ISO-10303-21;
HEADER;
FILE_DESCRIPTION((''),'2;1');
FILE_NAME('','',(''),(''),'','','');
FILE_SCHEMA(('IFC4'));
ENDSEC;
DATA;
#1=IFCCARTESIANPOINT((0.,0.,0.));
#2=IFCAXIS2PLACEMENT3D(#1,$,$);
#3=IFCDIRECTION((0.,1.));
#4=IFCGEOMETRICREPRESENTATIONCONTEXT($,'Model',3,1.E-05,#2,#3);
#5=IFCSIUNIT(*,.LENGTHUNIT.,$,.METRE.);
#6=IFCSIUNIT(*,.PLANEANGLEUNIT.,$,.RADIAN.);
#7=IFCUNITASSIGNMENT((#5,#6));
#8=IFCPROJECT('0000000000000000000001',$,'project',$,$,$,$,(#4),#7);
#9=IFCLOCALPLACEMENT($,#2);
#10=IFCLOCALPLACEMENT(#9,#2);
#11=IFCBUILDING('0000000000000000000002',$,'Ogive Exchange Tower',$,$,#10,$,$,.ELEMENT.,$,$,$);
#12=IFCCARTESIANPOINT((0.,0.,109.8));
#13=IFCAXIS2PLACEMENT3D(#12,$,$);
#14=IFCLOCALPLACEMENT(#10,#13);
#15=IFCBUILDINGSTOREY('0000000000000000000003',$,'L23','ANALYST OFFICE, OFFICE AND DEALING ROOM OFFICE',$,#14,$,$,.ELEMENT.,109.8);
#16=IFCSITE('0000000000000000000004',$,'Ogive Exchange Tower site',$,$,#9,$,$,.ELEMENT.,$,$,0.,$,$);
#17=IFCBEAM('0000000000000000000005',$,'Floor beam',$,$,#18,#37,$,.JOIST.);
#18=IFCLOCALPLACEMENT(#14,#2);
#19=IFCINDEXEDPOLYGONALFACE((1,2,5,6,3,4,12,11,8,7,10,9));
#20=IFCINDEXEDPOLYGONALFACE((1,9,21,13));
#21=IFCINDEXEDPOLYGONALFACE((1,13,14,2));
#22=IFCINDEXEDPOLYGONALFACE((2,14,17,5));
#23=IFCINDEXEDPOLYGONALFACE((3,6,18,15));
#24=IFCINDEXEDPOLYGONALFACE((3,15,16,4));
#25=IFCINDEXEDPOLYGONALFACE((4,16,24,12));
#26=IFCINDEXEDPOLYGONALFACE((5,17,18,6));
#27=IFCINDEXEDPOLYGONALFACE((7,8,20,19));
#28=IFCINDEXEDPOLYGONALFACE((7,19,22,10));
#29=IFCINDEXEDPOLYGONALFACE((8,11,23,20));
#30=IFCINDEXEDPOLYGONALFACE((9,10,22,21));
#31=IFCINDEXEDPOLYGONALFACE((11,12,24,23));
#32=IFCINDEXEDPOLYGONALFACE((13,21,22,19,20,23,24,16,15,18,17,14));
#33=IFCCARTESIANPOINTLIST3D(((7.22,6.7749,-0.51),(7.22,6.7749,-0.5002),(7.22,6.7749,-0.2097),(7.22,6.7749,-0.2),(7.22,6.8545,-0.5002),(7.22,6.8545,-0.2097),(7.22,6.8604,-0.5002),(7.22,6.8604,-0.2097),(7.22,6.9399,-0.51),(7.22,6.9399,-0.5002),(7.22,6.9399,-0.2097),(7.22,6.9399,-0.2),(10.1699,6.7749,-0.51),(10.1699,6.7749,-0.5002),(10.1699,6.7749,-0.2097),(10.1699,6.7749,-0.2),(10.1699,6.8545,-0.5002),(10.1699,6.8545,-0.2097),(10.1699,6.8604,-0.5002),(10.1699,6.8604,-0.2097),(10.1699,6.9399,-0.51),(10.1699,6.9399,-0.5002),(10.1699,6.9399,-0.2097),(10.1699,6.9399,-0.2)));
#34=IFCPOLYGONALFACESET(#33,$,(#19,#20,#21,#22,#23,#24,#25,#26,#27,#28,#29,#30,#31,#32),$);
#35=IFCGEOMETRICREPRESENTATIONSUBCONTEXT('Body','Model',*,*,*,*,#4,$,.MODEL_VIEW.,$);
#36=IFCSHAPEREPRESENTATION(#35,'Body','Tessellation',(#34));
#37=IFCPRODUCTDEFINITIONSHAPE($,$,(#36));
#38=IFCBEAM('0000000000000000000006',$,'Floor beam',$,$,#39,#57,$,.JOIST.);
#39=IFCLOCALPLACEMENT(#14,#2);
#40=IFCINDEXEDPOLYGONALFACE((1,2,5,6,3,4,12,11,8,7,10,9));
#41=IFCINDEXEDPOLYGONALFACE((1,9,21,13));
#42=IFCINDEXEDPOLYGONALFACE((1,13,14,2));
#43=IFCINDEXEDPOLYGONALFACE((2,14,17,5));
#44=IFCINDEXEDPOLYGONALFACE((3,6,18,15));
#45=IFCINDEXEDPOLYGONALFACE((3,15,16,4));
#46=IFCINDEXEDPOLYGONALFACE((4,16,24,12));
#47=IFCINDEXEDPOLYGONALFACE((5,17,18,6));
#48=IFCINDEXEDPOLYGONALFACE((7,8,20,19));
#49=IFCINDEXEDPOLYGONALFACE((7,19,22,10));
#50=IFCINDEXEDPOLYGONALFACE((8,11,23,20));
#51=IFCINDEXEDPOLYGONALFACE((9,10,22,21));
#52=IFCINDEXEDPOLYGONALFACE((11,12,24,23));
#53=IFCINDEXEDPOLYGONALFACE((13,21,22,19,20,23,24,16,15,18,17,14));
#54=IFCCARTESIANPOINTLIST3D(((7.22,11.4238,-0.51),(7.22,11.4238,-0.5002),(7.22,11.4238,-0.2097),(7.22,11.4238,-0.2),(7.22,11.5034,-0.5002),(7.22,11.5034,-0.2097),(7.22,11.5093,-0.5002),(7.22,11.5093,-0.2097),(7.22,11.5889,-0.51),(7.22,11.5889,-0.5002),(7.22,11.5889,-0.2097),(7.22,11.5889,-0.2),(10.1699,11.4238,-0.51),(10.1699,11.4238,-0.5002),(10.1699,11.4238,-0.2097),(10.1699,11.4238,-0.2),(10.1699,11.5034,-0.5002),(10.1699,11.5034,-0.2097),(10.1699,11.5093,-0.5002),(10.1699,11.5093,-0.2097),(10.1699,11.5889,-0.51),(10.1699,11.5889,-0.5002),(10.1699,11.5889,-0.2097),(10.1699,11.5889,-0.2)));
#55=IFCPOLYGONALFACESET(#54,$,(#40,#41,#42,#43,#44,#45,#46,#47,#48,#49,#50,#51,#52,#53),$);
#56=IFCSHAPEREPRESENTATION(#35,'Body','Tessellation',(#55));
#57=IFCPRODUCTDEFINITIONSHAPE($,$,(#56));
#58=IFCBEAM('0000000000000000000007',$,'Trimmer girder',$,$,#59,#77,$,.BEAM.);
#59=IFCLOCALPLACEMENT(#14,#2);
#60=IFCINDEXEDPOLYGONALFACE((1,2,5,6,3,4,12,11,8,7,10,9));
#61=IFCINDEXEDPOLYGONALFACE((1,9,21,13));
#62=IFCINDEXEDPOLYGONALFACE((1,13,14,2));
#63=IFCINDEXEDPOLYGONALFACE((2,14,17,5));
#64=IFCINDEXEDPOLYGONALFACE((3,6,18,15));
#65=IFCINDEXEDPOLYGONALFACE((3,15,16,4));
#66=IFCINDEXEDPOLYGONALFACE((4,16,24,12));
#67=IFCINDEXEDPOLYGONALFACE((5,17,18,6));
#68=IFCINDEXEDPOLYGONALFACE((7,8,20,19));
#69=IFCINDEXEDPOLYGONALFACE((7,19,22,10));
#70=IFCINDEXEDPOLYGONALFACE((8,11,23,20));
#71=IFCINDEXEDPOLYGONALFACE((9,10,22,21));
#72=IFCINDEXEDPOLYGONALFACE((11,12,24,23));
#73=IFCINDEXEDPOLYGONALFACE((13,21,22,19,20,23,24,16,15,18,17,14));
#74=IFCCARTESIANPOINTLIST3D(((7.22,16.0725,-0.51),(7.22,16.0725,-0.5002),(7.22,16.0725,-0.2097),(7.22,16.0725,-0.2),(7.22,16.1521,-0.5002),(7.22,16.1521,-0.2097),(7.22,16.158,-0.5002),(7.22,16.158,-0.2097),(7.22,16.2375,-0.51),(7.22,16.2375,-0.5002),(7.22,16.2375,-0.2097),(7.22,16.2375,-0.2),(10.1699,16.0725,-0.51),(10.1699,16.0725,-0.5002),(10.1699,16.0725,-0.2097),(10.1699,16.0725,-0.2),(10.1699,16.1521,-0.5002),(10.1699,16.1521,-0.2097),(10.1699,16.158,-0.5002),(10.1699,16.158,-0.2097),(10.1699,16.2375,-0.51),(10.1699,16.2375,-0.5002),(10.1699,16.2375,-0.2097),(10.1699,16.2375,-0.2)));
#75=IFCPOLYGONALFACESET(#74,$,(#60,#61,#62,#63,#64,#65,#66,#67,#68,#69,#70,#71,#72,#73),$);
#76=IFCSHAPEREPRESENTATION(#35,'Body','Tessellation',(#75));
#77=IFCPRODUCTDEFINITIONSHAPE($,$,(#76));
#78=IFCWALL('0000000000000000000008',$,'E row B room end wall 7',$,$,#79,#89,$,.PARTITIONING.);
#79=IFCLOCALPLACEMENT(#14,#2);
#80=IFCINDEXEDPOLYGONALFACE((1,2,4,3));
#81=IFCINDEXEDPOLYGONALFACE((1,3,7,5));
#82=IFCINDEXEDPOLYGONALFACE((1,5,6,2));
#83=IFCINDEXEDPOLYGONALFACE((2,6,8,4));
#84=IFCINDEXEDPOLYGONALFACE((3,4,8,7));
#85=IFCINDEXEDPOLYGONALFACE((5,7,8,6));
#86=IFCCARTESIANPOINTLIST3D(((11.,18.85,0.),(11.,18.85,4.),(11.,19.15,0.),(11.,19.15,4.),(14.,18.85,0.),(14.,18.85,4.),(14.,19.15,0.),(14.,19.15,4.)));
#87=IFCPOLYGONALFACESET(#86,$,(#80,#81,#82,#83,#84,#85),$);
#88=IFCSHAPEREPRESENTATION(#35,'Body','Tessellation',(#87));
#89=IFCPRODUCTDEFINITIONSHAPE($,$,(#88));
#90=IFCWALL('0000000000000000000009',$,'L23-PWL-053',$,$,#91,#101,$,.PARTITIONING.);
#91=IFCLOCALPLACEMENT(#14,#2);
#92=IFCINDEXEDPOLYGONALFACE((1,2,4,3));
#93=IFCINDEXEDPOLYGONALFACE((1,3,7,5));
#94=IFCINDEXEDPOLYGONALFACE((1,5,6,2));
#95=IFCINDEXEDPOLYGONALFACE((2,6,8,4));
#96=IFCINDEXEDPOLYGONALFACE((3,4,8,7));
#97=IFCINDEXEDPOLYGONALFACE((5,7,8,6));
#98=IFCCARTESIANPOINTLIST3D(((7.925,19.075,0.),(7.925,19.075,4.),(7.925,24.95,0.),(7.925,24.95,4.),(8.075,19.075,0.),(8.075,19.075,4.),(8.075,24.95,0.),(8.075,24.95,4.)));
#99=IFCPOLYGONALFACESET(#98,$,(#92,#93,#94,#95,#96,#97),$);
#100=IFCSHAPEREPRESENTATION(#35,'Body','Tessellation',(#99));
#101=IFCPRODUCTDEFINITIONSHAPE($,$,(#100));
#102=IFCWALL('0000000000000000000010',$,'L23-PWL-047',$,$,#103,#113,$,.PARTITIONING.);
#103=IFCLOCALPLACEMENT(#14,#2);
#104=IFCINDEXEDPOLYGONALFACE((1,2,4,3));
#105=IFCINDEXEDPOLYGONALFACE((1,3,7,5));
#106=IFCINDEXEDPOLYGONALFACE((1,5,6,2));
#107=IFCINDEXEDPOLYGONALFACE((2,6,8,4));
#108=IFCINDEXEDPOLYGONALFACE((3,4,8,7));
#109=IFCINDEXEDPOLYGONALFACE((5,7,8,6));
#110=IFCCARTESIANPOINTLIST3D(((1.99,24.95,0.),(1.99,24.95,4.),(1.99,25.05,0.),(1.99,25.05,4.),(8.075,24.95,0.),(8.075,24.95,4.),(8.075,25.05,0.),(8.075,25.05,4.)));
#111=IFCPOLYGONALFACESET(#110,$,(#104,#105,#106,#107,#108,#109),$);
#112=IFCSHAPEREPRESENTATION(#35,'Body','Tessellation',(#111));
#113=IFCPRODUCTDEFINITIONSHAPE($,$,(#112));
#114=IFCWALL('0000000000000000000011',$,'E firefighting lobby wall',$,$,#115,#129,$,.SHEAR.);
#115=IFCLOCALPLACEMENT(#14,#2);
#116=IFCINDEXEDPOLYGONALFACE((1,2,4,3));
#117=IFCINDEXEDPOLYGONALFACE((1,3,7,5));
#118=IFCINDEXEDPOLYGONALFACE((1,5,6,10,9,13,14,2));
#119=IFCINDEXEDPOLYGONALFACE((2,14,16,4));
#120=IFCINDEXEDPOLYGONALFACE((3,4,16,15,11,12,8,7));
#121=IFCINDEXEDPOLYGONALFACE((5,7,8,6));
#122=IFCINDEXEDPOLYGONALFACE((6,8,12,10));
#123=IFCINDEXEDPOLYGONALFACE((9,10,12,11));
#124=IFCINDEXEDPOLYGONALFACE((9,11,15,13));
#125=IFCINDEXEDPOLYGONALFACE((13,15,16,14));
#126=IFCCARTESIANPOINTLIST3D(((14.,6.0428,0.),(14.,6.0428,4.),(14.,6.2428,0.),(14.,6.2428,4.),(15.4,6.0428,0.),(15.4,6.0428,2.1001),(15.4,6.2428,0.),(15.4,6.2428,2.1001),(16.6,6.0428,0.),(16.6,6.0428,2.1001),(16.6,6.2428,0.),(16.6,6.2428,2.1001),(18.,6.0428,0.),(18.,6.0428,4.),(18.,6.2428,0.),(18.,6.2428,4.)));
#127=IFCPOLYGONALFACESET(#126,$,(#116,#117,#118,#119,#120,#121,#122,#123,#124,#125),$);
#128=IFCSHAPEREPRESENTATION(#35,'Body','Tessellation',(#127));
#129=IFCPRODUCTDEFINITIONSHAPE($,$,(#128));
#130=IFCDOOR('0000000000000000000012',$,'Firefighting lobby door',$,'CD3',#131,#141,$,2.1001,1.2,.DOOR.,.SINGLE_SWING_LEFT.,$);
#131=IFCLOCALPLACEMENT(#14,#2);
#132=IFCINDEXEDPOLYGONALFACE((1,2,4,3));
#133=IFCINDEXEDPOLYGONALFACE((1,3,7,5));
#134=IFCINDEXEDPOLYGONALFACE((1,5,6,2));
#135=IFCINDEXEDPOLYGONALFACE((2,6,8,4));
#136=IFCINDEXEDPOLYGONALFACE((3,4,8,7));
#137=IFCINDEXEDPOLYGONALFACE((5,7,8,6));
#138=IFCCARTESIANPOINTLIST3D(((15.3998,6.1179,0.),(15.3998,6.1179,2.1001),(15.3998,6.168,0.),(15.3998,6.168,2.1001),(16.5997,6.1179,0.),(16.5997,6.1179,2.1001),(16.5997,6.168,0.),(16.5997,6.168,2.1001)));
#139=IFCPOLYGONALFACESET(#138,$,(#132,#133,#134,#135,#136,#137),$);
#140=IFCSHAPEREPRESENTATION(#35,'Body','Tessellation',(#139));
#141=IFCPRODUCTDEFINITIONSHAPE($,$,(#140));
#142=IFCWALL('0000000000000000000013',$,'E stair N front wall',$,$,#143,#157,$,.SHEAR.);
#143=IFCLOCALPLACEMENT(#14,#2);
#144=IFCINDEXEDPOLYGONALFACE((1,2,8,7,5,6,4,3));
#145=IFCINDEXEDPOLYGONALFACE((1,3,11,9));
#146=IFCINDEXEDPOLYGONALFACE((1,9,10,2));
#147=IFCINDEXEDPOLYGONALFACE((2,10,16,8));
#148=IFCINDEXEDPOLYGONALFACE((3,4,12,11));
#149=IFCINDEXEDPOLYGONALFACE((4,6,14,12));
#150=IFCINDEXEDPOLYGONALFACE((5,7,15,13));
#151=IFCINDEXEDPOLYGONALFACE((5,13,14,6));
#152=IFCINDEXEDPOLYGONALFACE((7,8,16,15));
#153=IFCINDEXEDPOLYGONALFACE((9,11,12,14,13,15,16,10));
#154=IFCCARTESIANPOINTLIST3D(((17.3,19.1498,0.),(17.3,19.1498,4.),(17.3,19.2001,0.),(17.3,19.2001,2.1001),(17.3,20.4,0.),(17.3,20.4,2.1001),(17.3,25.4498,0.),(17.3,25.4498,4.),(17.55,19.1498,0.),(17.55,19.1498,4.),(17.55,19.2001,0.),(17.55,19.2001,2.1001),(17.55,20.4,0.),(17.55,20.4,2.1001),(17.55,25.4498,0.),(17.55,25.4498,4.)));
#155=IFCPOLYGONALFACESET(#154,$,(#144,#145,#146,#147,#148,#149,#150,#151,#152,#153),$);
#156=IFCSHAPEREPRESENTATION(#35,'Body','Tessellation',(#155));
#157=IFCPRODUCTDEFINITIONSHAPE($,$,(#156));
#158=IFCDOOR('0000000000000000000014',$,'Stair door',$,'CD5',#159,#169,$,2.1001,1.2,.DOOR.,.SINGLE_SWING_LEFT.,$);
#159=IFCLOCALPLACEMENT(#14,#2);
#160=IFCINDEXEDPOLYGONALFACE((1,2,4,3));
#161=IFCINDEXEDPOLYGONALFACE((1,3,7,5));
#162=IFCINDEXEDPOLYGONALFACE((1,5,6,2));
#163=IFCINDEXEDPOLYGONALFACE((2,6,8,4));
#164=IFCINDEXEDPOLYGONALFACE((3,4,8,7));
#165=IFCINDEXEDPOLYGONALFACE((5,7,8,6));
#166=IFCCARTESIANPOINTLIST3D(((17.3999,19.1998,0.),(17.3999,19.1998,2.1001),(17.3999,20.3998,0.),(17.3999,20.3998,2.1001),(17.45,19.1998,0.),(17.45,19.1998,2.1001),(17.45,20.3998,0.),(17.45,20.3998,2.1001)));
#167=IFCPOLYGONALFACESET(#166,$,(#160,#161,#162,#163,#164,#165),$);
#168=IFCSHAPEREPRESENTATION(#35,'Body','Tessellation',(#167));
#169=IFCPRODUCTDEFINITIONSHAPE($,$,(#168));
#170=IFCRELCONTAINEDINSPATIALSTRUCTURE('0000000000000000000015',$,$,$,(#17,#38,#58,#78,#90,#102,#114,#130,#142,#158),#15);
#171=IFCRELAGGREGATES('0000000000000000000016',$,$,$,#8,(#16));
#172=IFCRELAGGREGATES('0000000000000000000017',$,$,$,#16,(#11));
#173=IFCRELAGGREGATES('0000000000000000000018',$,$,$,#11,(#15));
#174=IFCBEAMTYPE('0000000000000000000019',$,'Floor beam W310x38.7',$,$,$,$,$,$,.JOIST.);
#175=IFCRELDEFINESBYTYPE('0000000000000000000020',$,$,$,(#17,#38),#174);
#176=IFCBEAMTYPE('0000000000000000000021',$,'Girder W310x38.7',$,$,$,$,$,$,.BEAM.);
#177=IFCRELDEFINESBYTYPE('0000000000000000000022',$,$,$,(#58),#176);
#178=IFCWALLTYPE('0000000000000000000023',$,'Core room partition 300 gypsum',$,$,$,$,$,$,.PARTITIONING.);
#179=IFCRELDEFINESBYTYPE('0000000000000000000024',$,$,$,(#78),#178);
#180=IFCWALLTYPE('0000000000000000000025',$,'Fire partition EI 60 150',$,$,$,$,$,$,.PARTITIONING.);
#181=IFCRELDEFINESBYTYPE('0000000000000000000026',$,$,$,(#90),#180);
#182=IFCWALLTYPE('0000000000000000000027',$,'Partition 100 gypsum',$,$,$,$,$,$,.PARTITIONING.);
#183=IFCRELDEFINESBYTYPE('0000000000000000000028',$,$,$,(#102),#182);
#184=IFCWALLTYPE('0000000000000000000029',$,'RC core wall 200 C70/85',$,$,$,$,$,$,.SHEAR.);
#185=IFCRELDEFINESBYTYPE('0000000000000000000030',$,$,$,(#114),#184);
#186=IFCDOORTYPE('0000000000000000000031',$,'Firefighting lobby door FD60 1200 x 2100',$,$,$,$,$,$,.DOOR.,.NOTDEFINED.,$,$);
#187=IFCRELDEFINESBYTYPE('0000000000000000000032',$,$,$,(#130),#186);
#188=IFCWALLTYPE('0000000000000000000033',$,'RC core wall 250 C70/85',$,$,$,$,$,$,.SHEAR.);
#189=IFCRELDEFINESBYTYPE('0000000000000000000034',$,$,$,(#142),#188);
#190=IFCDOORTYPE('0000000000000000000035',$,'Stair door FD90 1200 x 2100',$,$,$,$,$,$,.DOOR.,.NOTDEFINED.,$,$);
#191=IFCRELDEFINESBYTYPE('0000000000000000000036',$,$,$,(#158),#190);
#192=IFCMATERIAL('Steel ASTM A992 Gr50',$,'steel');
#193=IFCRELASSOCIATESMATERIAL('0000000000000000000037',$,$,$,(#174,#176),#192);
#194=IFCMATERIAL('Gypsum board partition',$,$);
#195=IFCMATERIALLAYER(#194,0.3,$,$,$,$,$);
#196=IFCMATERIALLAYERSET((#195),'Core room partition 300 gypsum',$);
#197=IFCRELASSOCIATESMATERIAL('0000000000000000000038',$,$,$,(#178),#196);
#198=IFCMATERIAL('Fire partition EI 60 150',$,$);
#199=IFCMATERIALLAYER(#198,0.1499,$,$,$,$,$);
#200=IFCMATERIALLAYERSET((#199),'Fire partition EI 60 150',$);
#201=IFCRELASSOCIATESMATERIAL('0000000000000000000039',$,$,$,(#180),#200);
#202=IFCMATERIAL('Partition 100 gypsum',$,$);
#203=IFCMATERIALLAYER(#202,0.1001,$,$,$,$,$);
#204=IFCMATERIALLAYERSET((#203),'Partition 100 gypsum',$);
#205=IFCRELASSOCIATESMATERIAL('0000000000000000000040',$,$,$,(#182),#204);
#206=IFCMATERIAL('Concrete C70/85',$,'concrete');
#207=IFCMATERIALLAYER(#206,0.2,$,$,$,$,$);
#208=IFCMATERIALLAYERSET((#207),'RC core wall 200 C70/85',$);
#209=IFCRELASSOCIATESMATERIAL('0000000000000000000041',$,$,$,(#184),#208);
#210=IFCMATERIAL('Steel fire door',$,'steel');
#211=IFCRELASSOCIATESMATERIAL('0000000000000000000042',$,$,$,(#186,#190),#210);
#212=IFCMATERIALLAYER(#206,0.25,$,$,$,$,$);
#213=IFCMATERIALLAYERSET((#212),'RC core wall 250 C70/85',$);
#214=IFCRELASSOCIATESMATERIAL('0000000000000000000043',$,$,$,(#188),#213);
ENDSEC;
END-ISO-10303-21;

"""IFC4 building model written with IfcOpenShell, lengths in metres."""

from ifc_helpers import new_model, si_unit, direction, frame, frame_2d, origin, origin_2d, place, context, subcontext, project, spatial, rectangle, i_section, extrude, material, layer, layer_set, material_profile, profile_set, type_object, element, fill, save


model = new_model("IFC4")

# Units and contexts
model_context = context("Model", 3, precision=1e-05, world=origin(), true_north=direction((0.0, 1.0)))
body_context = subcontext(model_context, "Body", "Model", "MODEL_VIEW")
ifc_project = project(units=[si_unit("LENGTHUNIT", "METRE"), si_unit("PLANEANGLEUNIT", "RADIAN")], contexts=[model_context])

# Site, building, storey
site_placement = place(None, origin())
site = spatial("IfcSite", under=ifc_project, at=site_placement, Name="Ogive Exchange Tower site", CompositionType="ELEMENT", RefElevation=0.0)
building_placement = place(site_placement, origin())
building = spatial("IfcBuilding", under=site, at=building_placement, Name="Ogive Exchange Tower", CompositionType="ELEMENT")
storey_placement = place(building_placement, frame((0.0, 0.0, 109.8)))
storey = spatial("IfcBuildingStorey", under=building, at=storey_placement, Name="L23", Description="ANALYST OFFICE, OFFICE AND DEALING ROOM OFFICE", CompositionType="ELEMENT", Elevation=109.8)

# Beams
ifc_material_1 = material(Name="Steel ASTM A992 Gr50", Category="steel")
ifc_material_profile_1 = material_profile(ifc_material_1, i_section(OverallWidth=0.165, OverallDepth=0.3101, WebThickness=0.0059, FlangeThickness=0.0098, at=origin_2d()), Name="W310x38.7")
ifc_profile_set_1 = profile_set([ifc_material_profile_1], Name="Steel ASTM A992 Gr50")
beam_type_1 = type_object("IfcBeamType", Name="Floor beam W310x38.7", PredefinedType="JOIST", material=ifc_profile_set_1)
for number, where, z_axis, x_axis, name in (
    (1, (7.22, 6.8574, -0.355), (1.0, 0.0, 0.0), (0.0, 1.0, 0.0), "Floor beam"),
    (2, (7.22, 11.5063, -0.355), (1.0, 0.0, 0.0), (0.0, 1.0, 0.0), "Floor beam"),
):
    element("IfcBeam", number, at=place(storey_placement, frame(where, z_axis=z_axis, x_axis=x_axis)), inside=storey, type_object=beam_type_1, Name=name, PredefinedType="JOIST", context=body_context, shape_type="SweptSolid", body=[
        extrude(i_section(OverallWidth=0.165, OverallDepth=0.3101, WebThickness=0.0059, FlangeThickness=0.0098, at=origin_2d()), origin(), (0.0, 0.0, 1.0), 2.95),
    ])
ifc_material_profile_2 = material_profile(ifc_material_1, i_section(OverallWidth=0.165, OverallDepth=0.3101, WebThickness=0.0059, FlangeThickness=0.0098, at=origin_2d()), Name="W310x38.7")
ifc_profile_set_2 = profile_set([ifc_material_profile_2], Name="Steel ASTM A992 Gr50")
beam_type_2 = type_object("IfcBeamType", Name="Girder W310x38.7", PredefinedType="BEAM", material=ifc_profile_set_2)
beam_placement = place(storey_placement, frame((7.22, 16.155, -0.355), z_axis=(1.0, 0.0, 0.0), x_axis=(0.0, 1.0, 0.0)))
element("IfcBeam", 3, at=beam_placement, inside=storey, type_object=beam_type_2, Name="Trimmer girder", PredefinedType="BEAM", context=body_context, shape_type="SweptSolid", body=[
    extrude(i_section(OverallWidth=0.165, OverallDepth=0.3101, WebThickness=0.0059, FlangeThickness=0.0098, at=origin_2d()), origin(), (0.0, 0.0, 1.0), 2.95),
])

# Walls
ifc_material_2 = material(Name="Gypsum board partition")
ifc_layer_1 = layer(ifc_material_2, 0.3)
ifc_layer_set_1 = layer_set([ifc_layer_1], Name="Core room partition 300 gypsum")
wall_type_1 = type_object("IfcWallType", Name="Core room partition 300 gypsum", PredefinedType="PARTITIONING", material=ifc_layer_set_1)
wall_1_placement = place(storey_placement, frame((11.0, 19.0, 0.0), z_axis=(0.0, 0.0, 1.0), x_axis=(1.0, 0.0, 0.0)))
element("IfcWall", 4, at=wall_1_placement, inside=storey, type_object=wall_type_1, Name="E row B room end wall 7", PredefinedType="PARTITIONING", context=body_context, shape_type="SweptSolid", body=[
    extrude(rectangle(XDim=3.0, YDim=0.3, at=frame_2d((1.5, 0.0))), origin(), (0.0, 0.0, 1.0), 4.0),
])
ifc_material_3 = material(Name="Fire partition EI 60 150")
ifc_layer_2 = layer(ifc_material_3, 0.1499)
ifc_layer_set_2 = layer_set([ifc_layer_2], Name="Fire partition EI 60 150")
wall_type_2 = type_object("IfcWallType", Name="Fire partition EI 60 150", PredefinedType="PARTITIONING", material=ifc_layer_set_2)
wall_2_placement = place(storey_placement, frame((8.0, 19.075, 0.0), z_axis=(0.0, 0.0, 1.0), x_axis=(0.0, 1.0, 0.0)))
element("IfcWall", 5, at=wall_2_placement, inside=storey, type_object=wall_type_2, Name="L23-PWL-053", PredefinedType="PARTITIONING", context=body_context, shape_type="SweptSolid", body=[
    extrude(rectangle(XDim=5.875, YDim=0.1499, at=frame_2d((2.9375, 0.0))), origin(), (0.0, 0.0, 1.0), 4.0),
])
ifc_material_4 = material(Name="Partition 100 gypsum")
ifc_layer_3 = layer(ifc_material_4, 0.1001)
ifc_layer_set_3 = layer_set([ifc_layer_3], Name="Partition 100 gypsum")
wall_type_3 = type_object("IfcWallType", Name="Partition 100 gypsum", PredefinedType="PARTITIONING", material=ifc_layer_set_3)
wall_3_placement = place(storey_placement, frame((1.99, 25.0, 0.0), z_axis=(0.0, 0.0, 1.0), x_axis=(1.0, 0.0, 0.0)))
element("IfcWall", 6, at=wall_3_placement, inside=storey, type_object=wall_type_3, Name="L23-PWL-047", PredefinedType="PARTITIONING", context=body_context, shape_type="SweptSolid", body=[
    extrude(rectangle(XDim=6.085, YDim=0.1001, at=frame_2d((3.0425, 0.0))), origin(), (0.0, 0.0, 1.0), 4.0),
])

# Walls, openings, doors
ifc_material_5 = material(Name="Concrete C70/85", Category="concrete")
ifc_layer_4 = layer(ifc_material_5, 0.2)
ifc_layer_set_4 = layer_set([ifc_layer_4], Name="RC core wall 200 C70/85")
wall_type_4 = type_object("IfcWallType", Name="RC core wall 200 C70/85", PredefinedType="SHEAR", material=ifc_layer_set_4)
wall_4_placement = place(storey_placement, frame((14.0, 6.1428, 0.0), z_axis=(0.0, 0.0, 1.0), x_axis=(1.0, 0.0, 0.0)))
wall_4 = element("IfcWall", 7, at=wall_4_placement, inside=storey, type_object=wall_type_4, Name="E firefighting lobby wall", PredefinedType="SHEAR", context=body_context, shape_type="SweptSolid", body=[
    extrude(rectangle(XDim=4.0, YDim=0.2, at=frame_2d((2.0, 0.0))), origin(), (0.0, 0.0, 1.0), 4.0),
])
opening_1_placement = place(wall_4_placement, frame((1.3999, 0.0, 0.0)))
opening_1 = element("IfcOpeningElement", 8, at=opening_1_placement, cuts=wall_4, PredefinedType="OPENING", context=body_context, shape_type="SweptSolid", body=[
    extrude(rectangle(XDim=1.2, YDim=2.1001, at=frame_2d((0.6001, 1.05))), frame((0.0, 0.1099, 0.0), z_axis=(0.0, -1.0, 0.0), x_axis=(1.0, 0.0, 0.0)), (0.0, 0.0, 1.0), 0.22),
])
ifc_material_6 = material(Name="Steel fire door", Category="steel")
door_type_1 = type_object("IfcDoorType", Name="Firefighting lobby door FD60 1200 x 2100", OperationType="NOTDEFINED", PredefinedType="DOOR", material=ifc_material_6)
door_1_placement = place(opening_1_placement, frame((1.2, 0.0, 0.0), z_axis=(0.0, 0.0, 1.0), x_axis=(-1.0, 0.0, 0.0)))
door_1 = element("IfcDoor", 9, at=door_1_placement, inside=storey, type_object=door_type_1, Name="Firefighting lobby door", ObjectType="CD3", OperationType="SINGLE_SWING_LEFT", OverallHeight=2.1001, OverallWidth=1.2, PredefinedType="DOOR", context=body_context, shape_type="SweptSolid", body=[
    extrude(rectangle(XDim=1.2, YDim=2.1001, at=frame_2d((0.6001, 1.05))), frame((0.0, 0.0249, 0.0), z_axis=(0.0, -1.0, 0.0), x_axis=(1.0, 0.0, 0.0)), (0.0, 0.0, 1.0), 0.05),
])
fill(opening_1, door_1)
ifc_layer_5 = layer(ifc_material_5, 0.25)
ifc_layer_set_5 = layer_set([ifc_layer_5], Name="RC core wall 250 C70/85")
wall_type_5 = type_object("IfcWallType", Name="RC core wall 250 C70/85", PredefinedType="SHEAR", material=ifc_layer_set_5)
wall_5_placement = place(storey_placement, frame((17.425, 19.1499, 0.0), z_axis=(0.0, 0.0, 1.0), x_axis=(0.0, 1.0, 0.0)))
wall_5 = element("IfcWall", 10, at=wall_5_placement, inside=storey, type_object=wall_type_5, Name="E stair N front wall", PredefinedType="SHEAR", context=body_context, shape_type="SweptSolid", body=[
    extrude(rectangle(XDim=6.3, YDim=0.25, at=frame_2d((3.1499, 0.0))), origin(), (0.0, 0.0, 1.0), 4.0),
])
opening_2_placement = place(wall_5_placement, frame((0.05, 0.0, 0.0)))
opening_2 = element("IfcOpeningElement", 11, at=opening_2_placement, cuts=wall_5, PredefinedType="OPENING", context=body_context, shape_type="SweptSolid", body=[
    extrude(rectangle(XDim=1.2, YDim=2.1001, at=frame_2d((0.6001, 1.05))), frame((0.0, 0.135, 0.0), z_axis=(0.0, -1.0, 0.0), x_axis=(1.0, 0.0, 0.0)), (0.0, 0.0, 1.0), 0.27),
])
door_type_2 = type_object("IfcDoorType", Name="Stair door FD90 1200 x 2100", OperationType="NOTDEFINED", PredefinedType="DOOR", material=ifc_material_6)
door_2_placement = place(opening_2_placement, frame((1.2, 0.0, 0.0), z_axis=(0.0, 0.0, 1.0), x_axis=(-1.0, 0.0, 0.0)))
door_2 = element("IfcDoor", 12, at=door_2_placement, inside=storey, type_object=door_type_2, Name="Stair door", ObjectType="CD5", OperationType="SINGLE_SWING_LEFT", OverallHeight=2.1001, OverallWidth=1.2, PredefinedType="DOOR", context=body_context, shape_type="SweptSolid", body=[
    extrude(rectangle(XDim=1.2, YDim=2.1001, at=frame_2d((0.6001, 1.05))), frame((0.0, 0.0249, 0.0), z_axis=(0.0, -1.0, 0.0), x_axis=(1.0, 0.0, 0.0)), (0.0, 0.0, 1.0), 0.05),
])
fill(opening_2, door_2)

save(model, "model.ifc")
